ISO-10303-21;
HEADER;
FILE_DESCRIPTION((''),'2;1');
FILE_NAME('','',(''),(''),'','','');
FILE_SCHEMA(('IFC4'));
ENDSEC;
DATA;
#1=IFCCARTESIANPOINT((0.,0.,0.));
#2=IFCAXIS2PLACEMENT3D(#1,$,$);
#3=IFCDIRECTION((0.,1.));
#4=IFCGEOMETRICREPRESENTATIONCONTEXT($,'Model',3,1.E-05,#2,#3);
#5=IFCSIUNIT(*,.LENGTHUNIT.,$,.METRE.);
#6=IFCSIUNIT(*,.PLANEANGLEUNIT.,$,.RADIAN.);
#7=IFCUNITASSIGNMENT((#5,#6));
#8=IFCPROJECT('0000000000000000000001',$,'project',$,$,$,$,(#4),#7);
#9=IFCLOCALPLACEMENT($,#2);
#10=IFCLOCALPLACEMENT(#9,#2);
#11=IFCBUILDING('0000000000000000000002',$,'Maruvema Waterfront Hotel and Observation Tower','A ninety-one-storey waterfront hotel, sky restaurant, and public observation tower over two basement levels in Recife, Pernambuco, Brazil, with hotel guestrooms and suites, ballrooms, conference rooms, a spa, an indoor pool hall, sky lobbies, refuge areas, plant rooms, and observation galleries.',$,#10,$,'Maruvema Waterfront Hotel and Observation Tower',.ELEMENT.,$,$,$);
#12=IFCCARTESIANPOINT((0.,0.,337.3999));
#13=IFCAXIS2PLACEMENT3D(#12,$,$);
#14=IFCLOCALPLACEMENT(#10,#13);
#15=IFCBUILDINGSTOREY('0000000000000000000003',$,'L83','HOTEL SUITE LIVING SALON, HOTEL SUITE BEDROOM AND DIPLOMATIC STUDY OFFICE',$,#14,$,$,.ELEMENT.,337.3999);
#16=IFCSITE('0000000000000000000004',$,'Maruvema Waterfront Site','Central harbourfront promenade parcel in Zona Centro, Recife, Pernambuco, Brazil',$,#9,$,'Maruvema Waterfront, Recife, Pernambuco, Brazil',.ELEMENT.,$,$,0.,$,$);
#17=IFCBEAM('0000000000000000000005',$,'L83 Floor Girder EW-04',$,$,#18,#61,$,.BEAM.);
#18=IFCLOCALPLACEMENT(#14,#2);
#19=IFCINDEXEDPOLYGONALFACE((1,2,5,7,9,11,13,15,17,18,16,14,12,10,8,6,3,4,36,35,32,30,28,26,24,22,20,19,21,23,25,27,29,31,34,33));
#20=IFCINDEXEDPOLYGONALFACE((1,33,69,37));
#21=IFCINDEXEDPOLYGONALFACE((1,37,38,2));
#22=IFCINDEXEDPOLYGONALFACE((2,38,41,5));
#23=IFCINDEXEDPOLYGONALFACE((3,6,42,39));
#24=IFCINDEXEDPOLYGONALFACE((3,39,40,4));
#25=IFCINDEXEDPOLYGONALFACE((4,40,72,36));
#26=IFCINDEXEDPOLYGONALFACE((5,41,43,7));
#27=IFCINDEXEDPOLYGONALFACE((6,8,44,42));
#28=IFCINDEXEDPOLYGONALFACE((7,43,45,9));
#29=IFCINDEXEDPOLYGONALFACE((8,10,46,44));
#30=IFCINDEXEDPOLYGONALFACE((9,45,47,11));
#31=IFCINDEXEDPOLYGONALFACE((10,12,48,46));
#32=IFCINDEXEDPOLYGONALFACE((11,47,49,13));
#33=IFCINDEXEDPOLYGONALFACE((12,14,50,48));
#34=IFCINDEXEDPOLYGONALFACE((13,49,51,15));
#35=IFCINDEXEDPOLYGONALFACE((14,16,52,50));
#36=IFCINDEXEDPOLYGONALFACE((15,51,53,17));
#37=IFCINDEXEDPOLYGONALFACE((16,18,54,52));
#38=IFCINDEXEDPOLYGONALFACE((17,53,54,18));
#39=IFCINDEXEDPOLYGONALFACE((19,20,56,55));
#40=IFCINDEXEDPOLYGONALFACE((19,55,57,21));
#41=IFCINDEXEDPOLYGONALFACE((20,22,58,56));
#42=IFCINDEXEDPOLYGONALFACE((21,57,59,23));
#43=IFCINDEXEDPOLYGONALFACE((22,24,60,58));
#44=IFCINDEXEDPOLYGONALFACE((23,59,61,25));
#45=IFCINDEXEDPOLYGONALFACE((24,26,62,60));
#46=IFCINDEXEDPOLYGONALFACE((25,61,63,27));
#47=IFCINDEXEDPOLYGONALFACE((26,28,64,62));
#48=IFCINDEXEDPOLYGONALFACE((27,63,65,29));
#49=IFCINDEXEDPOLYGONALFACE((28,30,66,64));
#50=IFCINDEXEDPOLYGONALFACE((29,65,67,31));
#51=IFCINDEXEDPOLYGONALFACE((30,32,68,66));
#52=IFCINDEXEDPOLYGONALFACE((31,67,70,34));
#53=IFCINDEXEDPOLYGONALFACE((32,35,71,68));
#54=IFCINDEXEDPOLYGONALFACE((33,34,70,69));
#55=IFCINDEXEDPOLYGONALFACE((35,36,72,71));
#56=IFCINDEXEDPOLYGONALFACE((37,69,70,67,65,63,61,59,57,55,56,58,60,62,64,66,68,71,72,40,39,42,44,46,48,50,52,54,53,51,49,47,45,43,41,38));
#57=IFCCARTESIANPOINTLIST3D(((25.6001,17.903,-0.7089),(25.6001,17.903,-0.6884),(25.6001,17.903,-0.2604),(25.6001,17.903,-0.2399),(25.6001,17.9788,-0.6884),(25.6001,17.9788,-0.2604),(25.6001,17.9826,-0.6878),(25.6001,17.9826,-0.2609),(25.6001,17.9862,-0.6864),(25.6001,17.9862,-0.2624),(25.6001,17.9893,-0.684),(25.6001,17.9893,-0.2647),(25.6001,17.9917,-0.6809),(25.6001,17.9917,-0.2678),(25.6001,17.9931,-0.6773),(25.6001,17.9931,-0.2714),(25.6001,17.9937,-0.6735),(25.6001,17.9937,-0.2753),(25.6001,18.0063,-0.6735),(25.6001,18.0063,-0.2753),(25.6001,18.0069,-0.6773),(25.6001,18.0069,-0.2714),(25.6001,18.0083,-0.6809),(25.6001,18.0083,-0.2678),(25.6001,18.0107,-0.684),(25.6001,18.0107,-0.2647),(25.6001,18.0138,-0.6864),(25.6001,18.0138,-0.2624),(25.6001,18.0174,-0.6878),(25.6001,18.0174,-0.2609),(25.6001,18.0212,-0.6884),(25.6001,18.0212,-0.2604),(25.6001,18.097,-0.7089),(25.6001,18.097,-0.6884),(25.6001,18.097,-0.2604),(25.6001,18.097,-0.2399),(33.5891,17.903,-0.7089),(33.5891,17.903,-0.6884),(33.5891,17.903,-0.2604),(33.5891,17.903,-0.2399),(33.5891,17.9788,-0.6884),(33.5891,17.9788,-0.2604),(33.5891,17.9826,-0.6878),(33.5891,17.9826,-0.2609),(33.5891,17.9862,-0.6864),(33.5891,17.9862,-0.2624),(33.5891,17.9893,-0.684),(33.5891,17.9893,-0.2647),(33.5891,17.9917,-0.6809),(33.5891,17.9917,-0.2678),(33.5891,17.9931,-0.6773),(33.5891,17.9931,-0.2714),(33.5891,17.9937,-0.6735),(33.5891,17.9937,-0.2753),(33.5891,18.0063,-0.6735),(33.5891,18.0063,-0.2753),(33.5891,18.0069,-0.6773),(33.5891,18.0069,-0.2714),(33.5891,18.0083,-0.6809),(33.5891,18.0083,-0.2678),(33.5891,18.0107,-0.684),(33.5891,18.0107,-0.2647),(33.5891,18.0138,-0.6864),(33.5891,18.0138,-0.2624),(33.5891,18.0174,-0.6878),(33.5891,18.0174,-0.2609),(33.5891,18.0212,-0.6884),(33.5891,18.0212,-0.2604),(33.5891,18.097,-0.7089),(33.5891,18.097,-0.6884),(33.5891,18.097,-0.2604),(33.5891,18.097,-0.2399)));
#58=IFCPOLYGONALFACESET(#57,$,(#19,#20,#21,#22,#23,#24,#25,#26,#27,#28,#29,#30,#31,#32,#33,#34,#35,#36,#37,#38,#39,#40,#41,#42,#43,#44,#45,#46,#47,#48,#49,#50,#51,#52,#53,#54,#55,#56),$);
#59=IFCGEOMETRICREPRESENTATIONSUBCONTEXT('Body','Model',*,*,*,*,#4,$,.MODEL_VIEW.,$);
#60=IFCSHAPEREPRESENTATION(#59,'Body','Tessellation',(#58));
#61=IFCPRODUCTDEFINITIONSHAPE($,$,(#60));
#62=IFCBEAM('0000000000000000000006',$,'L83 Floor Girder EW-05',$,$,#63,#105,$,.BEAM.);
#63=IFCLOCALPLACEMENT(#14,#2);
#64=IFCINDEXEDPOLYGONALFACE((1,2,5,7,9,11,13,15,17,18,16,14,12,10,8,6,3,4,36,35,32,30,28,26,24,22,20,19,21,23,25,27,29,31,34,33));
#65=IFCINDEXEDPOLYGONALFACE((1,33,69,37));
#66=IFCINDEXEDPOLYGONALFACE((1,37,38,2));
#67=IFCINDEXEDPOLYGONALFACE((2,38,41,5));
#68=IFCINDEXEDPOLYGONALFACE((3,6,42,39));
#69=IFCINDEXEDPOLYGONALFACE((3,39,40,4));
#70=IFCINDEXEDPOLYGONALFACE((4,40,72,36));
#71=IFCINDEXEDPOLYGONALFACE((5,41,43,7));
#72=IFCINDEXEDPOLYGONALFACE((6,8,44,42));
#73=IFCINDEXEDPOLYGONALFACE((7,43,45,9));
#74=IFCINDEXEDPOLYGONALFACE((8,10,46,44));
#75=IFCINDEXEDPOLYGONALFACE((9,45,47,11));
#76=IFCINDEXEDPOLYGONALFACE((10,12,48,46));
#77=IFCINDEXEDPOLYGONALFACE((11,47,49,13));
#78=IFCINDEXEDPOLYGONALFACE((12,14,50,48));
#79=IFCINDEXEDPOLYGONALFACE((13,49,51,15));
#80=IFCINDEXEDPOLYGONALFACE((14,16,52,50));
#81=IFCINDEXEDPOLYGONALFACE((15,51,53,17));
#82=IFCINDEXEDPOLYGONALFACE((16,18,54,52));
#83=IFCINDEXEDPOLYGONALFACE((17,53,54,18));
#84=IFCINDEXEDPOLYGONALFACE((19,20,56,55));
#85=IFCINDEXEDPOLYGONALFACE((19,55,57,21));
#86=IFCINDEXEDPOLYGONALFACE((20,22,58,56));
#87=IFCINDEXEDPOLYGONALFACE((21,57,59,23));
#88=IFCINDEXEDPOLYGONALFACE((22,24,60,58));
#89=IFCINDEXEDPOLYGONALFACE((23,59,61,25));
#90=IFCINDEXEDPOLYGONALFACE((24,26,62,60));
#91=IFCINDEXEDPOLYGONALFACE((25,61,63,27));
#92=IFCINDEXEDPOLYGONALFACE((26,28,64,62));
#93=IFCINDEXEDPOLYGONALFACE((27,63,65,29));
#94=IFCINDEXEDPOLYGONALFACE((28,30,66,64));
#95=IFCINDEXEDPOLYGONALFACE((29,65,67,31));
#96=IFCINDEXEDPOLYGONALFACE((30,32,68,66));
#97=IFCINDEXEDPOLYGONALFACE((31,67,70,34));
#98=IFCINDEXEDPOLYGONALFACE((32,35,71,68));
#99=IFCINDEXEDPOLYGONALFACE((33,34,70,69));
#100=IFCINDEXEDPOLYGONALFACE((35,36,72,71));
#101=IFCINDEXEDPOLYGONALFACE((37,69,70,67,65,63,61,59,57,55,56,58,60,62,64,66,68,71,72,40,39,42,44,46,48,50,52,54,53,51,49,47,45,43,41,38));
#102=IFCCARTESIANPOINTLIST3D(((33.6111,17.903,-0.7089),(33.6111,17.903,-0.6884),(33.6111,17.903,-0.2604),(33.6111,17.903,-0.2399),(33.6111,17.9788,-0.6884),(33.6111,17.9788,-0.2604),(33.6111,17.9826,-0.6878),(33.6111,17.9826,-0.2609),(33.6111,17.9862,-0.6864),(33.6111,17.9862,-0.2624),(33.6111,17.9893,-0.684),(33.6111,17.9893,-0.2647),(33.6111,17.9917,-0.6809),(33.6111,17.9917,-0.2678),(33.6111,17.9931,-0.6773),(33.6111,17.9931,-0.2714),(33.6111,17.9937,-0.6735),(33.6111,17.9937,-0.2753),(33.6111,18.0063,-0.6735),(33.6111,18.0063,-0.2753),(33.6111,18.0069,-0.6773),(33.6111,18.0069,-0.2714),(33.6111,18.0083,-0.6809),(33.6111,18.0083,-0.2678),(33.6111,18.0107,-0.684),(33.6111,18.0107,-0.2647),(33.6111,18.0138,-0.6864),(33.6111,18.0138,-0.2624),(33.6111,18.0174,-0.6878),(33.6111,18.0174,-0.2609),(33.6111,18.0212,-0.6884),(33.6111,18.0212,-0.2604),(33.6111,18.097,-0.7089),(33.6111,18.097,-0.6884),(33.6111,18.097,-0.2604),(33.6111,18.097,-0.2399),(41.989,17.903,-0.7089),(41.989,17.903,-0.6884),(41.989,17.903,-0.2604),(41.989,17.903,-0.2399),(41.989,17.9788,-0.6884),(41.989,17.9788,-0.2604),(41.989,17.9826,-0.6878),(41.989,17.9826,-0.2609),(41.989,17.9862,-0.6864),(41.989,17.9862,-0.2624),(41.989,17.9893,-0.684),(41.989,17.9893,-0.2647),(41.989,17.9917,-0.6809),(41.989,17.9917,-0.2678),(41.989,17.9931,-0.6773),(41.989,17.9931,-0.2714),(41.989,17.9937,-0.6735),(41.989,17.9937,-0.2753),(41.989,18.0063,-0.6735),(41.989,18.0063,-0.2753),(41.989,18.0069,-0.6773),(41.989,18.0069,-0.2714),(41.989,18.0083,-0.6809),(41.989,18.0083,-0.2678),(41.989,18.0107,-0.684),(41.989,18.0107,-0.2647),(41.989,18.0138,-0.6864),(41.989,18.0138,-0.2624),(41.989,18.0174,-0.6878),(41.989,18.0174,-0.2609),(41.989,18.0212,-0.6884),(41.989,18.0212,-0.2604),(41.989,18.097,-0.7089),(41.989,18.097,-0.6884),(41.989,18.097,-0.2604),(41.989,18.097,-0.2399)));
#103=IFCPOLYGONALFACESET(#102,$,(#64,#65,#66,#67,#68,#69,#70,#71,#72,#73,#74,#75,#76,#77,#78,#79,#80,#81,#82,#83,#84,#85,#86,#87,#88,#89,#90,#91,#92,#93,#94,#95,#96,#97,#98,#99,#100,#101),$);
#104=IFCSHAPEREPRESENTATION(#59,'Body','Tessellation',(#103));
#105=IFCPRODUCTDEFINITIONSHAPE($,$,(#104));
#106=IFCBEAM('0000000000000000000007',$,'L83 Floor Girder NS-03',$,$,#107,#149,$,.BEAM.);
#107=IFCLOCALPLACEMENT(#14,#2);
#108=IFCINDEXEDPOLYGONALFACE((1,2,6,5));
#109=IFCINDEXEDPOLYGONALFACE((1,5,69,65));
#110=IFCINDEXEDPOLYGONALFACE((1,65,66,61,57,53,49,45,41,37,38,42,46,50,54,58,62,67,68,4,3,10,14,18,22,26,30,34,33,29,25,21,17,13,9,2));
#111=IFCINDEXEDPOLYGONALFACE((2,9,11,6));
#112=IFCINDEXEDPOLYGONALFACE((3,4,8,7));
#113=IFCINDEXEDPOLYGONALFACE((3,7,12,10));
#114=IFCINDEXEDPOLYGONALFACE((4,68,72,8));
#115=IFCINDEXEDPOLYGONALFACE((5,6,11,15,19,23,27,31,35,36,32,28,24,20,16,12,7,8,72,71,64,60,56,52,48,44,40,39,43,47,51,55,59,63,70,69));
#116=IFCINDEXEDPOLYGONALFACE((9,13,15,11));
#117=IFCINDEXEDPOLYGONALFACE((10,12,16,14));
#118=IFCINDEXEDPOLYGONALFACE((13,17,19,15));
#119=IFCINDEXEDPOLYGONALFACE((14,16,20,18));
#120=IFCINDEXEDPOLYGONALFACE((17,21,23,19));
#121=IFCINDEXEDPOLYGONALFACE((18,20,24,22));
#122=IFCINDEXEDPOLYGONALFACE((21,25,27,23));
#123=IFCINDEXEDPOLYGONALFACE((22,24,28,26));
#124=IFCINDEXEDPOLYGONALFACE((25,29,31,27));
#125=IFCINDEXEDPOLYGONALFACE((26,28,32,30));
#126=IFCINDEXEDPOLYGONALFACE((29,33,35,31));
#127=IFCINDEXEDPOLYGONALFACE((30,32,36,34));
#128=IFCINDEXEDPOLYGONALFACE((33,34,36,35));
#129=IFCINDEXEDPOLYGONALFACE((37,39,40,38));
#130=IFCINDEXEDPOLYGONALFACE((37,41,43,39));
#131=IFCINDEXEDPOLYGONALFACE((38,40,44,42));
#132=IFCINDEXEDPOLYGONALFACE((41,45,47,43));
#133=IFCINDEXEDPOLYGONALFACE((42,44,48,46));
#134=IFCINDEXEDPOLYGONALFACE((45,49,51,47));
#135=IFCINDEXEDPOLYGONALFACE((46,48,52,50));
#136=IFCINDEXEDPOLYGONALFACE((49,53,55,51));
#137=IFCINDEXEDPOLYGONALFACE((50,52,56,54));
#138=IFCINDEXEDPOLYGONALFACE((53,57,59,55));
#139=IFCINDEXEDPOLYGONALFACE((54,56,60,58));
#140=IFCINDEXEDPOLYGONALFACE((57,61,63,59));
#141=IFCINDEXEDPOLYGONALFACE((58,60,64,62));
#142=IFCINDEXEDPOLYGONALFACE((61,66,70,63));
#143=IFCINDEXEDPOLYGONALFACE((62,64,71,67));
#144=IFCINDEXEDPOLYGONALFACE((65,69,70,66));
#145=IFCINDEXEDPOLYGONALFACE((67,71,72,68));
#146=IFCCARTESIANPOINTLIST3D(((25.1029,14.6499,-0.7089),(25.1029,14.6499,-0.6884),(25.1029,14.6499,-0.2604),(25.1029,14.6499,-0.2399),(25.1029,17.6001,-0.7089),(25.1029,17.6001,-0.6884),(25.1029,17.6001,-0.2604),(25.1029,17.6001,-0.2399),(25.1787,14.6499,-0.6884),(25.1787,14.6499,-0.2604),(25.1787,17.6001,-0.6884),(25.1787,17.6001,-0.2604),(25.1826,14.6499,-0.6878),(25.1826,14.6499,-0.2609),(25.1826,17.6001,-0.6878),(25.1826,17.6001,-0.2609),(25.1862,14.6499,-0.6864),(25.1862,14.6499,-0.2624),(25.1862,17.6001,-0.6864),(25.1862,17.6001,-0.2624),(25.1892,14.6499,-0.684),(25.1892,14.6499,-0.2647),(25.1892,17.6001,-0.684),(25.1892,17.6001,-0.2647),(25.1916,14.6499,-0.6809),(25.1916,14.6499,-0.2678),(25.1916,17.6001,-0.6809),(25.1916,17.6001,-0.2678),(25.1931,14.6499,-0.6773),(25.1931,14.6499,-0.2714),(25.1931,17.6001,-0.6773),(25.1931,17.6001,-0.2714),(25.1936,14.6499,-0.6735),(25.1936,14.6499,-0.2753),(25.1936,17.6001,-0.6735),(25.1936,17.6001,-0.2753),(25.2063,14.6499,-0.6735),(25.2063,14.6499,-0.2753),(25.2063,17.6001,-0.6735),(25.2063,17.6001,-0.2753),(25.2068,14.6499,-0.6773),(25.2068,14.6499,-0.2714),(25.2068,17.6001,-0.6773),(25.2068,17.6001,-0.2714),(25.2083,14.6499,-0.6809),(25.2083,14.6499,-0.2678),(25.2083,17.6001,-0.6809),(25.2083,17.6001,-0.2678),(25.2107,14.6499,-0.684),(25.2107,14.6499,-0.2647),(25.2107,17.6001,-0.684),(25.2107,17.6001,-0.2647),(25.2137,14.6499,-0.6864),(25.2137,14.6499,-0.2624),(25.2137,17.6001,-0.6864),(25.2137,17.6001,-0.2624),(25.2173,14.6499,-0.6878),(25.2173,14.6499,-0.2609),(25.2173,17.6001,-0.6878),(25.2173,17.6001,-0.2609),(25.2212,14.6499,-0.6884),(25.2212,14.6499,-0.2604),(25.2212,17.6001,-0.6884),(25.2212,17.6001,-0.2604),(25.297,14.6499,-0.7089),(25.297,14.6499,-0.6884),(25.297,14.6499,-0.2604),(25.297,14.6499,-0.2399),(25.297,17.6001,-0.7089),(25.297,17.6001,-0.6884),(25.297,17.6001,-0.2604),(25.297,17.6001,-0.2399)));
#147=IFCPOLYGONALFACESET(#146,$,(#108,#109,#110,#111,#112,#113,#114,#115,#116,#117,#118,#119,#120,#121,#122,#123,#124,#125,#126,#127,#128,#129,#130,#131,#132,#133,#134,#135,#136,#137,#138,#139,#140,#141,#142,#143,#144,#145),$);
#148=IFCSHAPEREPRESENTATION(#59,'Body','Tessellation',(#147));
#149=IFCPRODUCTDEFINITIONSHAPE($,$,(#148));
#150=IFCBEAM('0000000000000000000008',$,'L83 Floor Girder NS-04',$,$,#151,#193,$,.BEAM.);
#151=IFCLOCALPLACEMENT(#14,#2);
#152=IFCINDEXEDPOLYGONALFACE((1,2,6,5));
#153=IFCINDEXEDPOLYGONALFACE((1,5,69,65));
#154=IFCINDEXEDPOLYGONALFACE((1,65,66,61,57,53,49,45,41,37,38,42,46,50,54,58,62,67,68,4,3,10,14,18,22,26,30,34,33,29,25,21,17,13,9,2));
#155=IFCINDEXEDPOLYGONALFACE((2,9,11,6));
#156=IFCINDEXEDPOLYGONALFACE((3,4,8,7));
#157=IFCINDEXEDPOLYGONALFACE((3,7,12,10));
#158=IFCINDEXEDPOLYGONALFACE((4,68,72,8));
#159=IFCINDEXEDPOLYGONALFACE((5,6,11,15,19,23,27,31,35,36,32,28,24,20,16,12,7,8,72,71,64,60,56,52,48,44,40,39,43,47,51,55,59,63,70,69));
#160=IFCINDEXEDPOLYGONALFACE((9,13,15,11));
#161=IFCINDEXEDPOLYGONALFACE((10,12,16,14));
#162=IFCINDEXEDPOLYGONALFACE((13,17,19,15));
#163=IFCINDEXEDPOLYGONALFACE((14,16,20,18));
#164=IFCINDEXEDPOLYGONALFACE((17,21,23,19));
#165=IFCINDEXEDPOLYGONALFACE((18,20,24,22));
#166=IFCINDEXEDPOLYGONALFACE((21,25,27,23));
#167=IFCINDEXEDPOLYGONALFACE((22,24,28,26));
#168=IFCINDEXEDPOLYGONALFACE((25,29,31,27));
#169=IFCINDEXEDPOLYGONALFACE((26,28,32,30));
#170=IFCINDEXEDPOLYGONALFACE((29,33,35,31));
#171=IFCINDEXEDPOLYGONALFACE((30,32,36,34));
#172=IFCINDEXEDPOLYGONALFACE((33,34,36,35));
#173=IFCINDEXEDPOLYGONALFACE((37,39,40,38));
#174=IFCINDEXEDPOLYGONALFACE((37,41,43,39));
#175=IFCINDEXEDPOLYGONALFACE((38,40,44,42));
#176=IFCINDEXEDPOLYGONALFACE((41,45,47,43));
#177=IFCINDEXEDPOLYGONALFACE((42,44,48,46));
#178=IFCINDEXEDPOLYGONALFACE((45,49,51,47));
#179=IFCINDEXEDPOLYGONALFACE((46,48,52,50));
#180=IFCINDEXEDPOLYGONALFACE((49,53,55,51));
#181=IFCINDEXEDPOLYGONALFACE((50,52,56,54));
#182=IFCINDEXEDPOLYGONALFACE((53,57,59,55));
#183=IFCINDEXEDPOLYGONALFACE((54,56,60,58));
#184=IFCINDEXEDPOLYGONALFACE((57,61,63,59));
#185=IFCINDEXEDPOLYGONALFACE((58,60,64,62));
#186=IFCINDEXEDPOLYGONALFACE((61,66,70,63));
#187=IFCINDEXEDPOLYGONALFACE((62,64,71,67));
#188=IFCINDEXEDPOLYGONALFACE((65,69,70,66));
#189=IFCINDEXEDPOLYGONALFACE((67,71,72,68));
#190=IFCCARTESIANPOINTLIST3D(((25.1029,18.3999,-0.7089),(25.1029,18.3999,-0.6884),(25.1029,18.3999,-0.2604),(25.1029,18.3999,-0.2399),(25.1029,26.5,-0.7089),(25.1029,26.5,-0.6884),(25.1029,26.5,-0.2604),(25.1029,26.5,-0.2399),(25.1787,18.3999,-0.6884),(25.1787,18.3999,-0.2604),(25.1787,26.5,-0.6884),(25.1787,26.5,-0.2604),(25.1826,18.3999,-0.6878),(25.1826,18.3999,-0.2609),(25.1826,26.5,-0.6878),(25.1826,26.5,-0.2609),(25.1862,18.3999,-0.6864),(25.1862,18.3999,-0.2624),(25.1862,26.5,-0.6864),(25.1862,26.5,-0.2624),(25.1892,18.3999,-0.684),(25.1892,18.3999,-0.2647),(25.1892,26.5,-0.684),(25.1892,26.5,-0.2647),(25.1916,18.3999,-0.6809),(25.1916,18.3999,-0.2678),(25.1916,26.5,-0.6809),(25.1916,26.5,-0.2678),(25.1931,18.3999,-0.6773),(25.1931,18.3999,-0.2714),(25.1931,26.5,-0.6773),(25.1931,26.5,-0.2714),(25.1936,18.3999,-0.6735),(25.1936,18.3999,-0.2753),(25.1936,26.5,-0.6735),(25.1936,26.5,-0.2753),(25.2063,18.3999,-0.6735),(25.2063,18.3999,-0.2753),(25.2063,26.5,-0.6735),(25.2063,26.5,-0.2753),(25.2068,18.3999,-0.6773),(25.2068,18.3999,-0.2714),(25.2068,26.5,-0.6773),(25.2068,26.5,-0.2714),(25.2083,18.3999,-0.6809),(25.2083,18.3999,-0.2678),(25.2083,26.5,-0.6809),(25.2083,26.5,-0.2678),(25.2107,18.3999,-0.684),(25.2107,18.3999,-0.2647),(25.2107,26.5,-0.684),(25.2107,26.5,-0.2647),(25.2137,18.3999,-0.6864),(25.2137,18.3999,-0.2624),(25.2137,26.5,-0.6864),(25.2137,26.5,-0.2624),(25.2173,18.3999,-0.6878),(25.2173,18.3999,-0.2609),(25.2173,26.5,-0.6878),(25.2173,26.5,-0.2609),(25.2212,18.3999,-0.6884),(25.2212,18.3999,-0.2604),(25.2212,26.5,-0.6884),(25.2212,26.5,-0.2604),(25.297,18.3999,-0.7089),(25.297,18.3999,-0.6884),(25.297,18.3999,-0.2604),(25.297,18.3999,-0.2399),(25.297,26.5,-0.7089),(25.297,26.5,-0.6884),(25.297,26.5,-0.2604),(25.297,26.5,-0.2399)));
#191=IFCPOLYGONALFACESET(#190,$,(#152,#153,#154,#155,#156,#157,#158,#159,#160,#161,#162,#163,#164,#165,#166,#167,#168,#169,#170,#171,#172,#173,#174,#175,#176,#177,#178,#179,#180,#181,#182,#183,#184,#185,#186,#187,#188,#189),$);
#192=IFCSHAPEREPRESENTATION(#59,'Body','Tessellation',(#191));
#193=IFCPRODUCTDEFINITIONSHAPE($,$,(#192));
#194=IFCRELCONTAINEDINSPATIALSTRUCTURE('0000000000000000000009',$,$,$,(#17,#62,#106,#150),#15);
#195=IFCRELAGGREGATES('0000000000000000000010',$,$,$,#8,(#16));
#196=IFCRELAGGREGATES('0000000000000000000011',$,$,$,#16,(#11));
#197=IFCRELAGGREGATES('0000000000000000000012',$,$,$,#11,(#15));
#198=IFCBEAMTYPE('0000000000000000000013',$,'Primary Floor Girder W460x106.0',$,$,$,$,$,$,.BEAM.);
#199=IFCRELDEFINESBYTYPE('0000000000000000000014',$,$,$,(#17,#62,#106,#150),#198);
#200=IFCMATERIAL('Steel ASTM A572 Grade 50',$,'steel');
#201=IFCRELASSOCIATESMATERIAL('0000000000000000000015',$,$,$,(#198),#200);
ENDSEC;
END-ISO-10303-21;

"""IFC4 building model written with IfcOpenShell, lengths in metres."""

from ifc_helpers import new_model, si_unit, direction, frame, origin, origin_2d, place, context, subcontext, project, spatial, i_section, extrude, material, material_profile, profile_set, type_object, element, save


model = new_model("IFC4")

# Units and contexts
model_context = context("Model", 3, precision=1e-05, world=origin(), true_north=direction((0.0, 1.0)))
body_context = subcontext(model_context, "Body", "Model", "MODEL_VIEW")
ifc_project = project(units=[si_unit("LENGTHUNIT", "METRE"), si_unit("PLANEANGLEUNIT", "RADIAN")], contexts=[model_context])

# Site, building, storey
site_placement = place(None, origin())
site = spatial("IfcSite", under=ifc_project, at=site_placement, Name="Maruvema Waterfront Site", Description="Central harbourfront promenade parcel in Zona Centro, Recife, Pernambuco, Brazil", LongName="Maruvema Waterfront, Recife, Pernambuco, Brazil", CompositionType="ELEMENT", RefElevation=0.0)
building_placement = place(site_placement, origin())
building = spatial("IfcBuilding", under=site, at=building_placement, Name="Maruvema Waterfront Hotel and Observation Tower", Description="A ninety-one-storey waterfront hotel, sky restaurant, and public observation tower over two basement levels in Recife, Pernambuco, Brazil, with hotel guestrooms and suites, ballrooms, conference rooms, a spa, an indoor pool hall, sky lobbies, refuge areas, plant rooms, and observation galleries.", LongName="Maruvema Waterfront Hotel and Observation Tower", CompositionType="ELEMENT")
storey_placement = place(building_placement, frame((0.0, 0.0, 337.3999)))
storey = spatial("IfcBuildingStorey", under=building, at=storey_placement, Name="L83", Description="HOTEL SUITE LIVING SALON, HOTEL SUITE BEDROOM AND DIPLOMATIC STUDY OFFICE", CompositionType="ELEMENT", Elevation=337.3999)

# Beams
ifc_material_1 = material(Name="Steel ASTM A572 Grade 50", Category="steel")
ifc_material_profile_1 = material_profile(ifc_material_1, i_section(OverallWidth=0.1941, OverallDepth=0.469, WebThickness=0.0127, FlangeThickness=0.0205, FilletRadius=0.0149, at=origin_2d()), Name="W460x106.0")
ifc_profile_set_1 = profile_set([ifc_material_profile_1], Name="Steel ASTM A572 Grade 50")
beam_type_1 = type_object("IfcBeamType", Name="Primary Floor Girder W460x106.0", PredefinedType="BEAM", material=ifc_profile_set_1)
beam_1_placement = place(storey_placement, frame((25.6001, 18.0, -0.4744), z_axis=(1.0, 0.0, 0.0), x_axis=(0.0, 1.0, 0.0)))
element("IfcBeam", 1, at=beam_1_placement, inside=storey, type_object=beam_type_1, Name="L83 Floor Girder EW-04", PredefinedType="BEAM", context=body_context, shape_type="SweptSolid", body=[
    extrude(i_section(OverallWidth=0.1941, OverallDepth=0.469, WebThickness=0.0127, FlangeThickness=0.0205, FilletRadius=0.0149, at=origin_2d()), origin(), (0.0, 0.0, 1.0), 7.989),
])
beam_2_placement = place(storey_placement, frame((33.6111, 18.0, -0.4744), z_axis=(1.0, 0.0, 0.0), x_axis=(0.0, 1.0, 0.0)))
element("IfcBeam", 2, at=beam_2_placement, inside=storey, type_object=beam_type_1, Name="L83 Floor Girder EW-05", PredefinedType="BEAM", context=body_context, shape_type="SweptSolid", body=[
    extrude(i_section(OverallWidth=0.1941, OverallDepth=0.469, WebThickness=0.0127, FlangeThickness=0.0205, FilletRadius=0.0149, at=origin_2d()), origin(), (0.0, 0.0, 1.0), 8.3779),
])
beam_3_placement = place(storey_placement, frame((25.2, 14.6499, -0.4744), z_axis=(0.0, 1.0, 0.0), x_axis=(-1.0, 0.0, 0.0)))
element("IfcBeam", 3, at=beam_3_placement, inside=storey, type_object=beam_type_1, Name="L83 Floor Girder NS-03", PredefinedType="BEAM", context=body_context, shape_type="SweptSolid", body=[
    extrude(i_section(OverallWidth=0.1941, OverallDepth=0.469, WebThickness=0.0127, FlangeThickness=0.0205, FilletRadius=0.0149, at=origin_2d()), origin(), (0.0, 0.0, 1.0), 2.9502),
])
beam_4_placement = place(storey_placement, frame((25.2, 18.3999, -0.4744), z_axis=(0.0, 1.0, 0.0), x_axis=(-1.0, 0.0, 0.0)))
element("IfcBeam", 4, at=beam_4_placement, inside=storey, type_object=beam_type_1, Name="L83 Floor Girder NS-04", PredefinedType="BEAM", context=body_context, shape_type="SweptSolid", body=[
    extrude(i_section(OverallWidth=0.1941, OverallDepth=0.469, WebThickness=0.0127, FlangeThickness=0.0205, FilletRadius=0.0149, at=origin_2d()), origin(), (0.0, 0.0, 1.0), 8.1001),
])

save(model, "model.ifc")
